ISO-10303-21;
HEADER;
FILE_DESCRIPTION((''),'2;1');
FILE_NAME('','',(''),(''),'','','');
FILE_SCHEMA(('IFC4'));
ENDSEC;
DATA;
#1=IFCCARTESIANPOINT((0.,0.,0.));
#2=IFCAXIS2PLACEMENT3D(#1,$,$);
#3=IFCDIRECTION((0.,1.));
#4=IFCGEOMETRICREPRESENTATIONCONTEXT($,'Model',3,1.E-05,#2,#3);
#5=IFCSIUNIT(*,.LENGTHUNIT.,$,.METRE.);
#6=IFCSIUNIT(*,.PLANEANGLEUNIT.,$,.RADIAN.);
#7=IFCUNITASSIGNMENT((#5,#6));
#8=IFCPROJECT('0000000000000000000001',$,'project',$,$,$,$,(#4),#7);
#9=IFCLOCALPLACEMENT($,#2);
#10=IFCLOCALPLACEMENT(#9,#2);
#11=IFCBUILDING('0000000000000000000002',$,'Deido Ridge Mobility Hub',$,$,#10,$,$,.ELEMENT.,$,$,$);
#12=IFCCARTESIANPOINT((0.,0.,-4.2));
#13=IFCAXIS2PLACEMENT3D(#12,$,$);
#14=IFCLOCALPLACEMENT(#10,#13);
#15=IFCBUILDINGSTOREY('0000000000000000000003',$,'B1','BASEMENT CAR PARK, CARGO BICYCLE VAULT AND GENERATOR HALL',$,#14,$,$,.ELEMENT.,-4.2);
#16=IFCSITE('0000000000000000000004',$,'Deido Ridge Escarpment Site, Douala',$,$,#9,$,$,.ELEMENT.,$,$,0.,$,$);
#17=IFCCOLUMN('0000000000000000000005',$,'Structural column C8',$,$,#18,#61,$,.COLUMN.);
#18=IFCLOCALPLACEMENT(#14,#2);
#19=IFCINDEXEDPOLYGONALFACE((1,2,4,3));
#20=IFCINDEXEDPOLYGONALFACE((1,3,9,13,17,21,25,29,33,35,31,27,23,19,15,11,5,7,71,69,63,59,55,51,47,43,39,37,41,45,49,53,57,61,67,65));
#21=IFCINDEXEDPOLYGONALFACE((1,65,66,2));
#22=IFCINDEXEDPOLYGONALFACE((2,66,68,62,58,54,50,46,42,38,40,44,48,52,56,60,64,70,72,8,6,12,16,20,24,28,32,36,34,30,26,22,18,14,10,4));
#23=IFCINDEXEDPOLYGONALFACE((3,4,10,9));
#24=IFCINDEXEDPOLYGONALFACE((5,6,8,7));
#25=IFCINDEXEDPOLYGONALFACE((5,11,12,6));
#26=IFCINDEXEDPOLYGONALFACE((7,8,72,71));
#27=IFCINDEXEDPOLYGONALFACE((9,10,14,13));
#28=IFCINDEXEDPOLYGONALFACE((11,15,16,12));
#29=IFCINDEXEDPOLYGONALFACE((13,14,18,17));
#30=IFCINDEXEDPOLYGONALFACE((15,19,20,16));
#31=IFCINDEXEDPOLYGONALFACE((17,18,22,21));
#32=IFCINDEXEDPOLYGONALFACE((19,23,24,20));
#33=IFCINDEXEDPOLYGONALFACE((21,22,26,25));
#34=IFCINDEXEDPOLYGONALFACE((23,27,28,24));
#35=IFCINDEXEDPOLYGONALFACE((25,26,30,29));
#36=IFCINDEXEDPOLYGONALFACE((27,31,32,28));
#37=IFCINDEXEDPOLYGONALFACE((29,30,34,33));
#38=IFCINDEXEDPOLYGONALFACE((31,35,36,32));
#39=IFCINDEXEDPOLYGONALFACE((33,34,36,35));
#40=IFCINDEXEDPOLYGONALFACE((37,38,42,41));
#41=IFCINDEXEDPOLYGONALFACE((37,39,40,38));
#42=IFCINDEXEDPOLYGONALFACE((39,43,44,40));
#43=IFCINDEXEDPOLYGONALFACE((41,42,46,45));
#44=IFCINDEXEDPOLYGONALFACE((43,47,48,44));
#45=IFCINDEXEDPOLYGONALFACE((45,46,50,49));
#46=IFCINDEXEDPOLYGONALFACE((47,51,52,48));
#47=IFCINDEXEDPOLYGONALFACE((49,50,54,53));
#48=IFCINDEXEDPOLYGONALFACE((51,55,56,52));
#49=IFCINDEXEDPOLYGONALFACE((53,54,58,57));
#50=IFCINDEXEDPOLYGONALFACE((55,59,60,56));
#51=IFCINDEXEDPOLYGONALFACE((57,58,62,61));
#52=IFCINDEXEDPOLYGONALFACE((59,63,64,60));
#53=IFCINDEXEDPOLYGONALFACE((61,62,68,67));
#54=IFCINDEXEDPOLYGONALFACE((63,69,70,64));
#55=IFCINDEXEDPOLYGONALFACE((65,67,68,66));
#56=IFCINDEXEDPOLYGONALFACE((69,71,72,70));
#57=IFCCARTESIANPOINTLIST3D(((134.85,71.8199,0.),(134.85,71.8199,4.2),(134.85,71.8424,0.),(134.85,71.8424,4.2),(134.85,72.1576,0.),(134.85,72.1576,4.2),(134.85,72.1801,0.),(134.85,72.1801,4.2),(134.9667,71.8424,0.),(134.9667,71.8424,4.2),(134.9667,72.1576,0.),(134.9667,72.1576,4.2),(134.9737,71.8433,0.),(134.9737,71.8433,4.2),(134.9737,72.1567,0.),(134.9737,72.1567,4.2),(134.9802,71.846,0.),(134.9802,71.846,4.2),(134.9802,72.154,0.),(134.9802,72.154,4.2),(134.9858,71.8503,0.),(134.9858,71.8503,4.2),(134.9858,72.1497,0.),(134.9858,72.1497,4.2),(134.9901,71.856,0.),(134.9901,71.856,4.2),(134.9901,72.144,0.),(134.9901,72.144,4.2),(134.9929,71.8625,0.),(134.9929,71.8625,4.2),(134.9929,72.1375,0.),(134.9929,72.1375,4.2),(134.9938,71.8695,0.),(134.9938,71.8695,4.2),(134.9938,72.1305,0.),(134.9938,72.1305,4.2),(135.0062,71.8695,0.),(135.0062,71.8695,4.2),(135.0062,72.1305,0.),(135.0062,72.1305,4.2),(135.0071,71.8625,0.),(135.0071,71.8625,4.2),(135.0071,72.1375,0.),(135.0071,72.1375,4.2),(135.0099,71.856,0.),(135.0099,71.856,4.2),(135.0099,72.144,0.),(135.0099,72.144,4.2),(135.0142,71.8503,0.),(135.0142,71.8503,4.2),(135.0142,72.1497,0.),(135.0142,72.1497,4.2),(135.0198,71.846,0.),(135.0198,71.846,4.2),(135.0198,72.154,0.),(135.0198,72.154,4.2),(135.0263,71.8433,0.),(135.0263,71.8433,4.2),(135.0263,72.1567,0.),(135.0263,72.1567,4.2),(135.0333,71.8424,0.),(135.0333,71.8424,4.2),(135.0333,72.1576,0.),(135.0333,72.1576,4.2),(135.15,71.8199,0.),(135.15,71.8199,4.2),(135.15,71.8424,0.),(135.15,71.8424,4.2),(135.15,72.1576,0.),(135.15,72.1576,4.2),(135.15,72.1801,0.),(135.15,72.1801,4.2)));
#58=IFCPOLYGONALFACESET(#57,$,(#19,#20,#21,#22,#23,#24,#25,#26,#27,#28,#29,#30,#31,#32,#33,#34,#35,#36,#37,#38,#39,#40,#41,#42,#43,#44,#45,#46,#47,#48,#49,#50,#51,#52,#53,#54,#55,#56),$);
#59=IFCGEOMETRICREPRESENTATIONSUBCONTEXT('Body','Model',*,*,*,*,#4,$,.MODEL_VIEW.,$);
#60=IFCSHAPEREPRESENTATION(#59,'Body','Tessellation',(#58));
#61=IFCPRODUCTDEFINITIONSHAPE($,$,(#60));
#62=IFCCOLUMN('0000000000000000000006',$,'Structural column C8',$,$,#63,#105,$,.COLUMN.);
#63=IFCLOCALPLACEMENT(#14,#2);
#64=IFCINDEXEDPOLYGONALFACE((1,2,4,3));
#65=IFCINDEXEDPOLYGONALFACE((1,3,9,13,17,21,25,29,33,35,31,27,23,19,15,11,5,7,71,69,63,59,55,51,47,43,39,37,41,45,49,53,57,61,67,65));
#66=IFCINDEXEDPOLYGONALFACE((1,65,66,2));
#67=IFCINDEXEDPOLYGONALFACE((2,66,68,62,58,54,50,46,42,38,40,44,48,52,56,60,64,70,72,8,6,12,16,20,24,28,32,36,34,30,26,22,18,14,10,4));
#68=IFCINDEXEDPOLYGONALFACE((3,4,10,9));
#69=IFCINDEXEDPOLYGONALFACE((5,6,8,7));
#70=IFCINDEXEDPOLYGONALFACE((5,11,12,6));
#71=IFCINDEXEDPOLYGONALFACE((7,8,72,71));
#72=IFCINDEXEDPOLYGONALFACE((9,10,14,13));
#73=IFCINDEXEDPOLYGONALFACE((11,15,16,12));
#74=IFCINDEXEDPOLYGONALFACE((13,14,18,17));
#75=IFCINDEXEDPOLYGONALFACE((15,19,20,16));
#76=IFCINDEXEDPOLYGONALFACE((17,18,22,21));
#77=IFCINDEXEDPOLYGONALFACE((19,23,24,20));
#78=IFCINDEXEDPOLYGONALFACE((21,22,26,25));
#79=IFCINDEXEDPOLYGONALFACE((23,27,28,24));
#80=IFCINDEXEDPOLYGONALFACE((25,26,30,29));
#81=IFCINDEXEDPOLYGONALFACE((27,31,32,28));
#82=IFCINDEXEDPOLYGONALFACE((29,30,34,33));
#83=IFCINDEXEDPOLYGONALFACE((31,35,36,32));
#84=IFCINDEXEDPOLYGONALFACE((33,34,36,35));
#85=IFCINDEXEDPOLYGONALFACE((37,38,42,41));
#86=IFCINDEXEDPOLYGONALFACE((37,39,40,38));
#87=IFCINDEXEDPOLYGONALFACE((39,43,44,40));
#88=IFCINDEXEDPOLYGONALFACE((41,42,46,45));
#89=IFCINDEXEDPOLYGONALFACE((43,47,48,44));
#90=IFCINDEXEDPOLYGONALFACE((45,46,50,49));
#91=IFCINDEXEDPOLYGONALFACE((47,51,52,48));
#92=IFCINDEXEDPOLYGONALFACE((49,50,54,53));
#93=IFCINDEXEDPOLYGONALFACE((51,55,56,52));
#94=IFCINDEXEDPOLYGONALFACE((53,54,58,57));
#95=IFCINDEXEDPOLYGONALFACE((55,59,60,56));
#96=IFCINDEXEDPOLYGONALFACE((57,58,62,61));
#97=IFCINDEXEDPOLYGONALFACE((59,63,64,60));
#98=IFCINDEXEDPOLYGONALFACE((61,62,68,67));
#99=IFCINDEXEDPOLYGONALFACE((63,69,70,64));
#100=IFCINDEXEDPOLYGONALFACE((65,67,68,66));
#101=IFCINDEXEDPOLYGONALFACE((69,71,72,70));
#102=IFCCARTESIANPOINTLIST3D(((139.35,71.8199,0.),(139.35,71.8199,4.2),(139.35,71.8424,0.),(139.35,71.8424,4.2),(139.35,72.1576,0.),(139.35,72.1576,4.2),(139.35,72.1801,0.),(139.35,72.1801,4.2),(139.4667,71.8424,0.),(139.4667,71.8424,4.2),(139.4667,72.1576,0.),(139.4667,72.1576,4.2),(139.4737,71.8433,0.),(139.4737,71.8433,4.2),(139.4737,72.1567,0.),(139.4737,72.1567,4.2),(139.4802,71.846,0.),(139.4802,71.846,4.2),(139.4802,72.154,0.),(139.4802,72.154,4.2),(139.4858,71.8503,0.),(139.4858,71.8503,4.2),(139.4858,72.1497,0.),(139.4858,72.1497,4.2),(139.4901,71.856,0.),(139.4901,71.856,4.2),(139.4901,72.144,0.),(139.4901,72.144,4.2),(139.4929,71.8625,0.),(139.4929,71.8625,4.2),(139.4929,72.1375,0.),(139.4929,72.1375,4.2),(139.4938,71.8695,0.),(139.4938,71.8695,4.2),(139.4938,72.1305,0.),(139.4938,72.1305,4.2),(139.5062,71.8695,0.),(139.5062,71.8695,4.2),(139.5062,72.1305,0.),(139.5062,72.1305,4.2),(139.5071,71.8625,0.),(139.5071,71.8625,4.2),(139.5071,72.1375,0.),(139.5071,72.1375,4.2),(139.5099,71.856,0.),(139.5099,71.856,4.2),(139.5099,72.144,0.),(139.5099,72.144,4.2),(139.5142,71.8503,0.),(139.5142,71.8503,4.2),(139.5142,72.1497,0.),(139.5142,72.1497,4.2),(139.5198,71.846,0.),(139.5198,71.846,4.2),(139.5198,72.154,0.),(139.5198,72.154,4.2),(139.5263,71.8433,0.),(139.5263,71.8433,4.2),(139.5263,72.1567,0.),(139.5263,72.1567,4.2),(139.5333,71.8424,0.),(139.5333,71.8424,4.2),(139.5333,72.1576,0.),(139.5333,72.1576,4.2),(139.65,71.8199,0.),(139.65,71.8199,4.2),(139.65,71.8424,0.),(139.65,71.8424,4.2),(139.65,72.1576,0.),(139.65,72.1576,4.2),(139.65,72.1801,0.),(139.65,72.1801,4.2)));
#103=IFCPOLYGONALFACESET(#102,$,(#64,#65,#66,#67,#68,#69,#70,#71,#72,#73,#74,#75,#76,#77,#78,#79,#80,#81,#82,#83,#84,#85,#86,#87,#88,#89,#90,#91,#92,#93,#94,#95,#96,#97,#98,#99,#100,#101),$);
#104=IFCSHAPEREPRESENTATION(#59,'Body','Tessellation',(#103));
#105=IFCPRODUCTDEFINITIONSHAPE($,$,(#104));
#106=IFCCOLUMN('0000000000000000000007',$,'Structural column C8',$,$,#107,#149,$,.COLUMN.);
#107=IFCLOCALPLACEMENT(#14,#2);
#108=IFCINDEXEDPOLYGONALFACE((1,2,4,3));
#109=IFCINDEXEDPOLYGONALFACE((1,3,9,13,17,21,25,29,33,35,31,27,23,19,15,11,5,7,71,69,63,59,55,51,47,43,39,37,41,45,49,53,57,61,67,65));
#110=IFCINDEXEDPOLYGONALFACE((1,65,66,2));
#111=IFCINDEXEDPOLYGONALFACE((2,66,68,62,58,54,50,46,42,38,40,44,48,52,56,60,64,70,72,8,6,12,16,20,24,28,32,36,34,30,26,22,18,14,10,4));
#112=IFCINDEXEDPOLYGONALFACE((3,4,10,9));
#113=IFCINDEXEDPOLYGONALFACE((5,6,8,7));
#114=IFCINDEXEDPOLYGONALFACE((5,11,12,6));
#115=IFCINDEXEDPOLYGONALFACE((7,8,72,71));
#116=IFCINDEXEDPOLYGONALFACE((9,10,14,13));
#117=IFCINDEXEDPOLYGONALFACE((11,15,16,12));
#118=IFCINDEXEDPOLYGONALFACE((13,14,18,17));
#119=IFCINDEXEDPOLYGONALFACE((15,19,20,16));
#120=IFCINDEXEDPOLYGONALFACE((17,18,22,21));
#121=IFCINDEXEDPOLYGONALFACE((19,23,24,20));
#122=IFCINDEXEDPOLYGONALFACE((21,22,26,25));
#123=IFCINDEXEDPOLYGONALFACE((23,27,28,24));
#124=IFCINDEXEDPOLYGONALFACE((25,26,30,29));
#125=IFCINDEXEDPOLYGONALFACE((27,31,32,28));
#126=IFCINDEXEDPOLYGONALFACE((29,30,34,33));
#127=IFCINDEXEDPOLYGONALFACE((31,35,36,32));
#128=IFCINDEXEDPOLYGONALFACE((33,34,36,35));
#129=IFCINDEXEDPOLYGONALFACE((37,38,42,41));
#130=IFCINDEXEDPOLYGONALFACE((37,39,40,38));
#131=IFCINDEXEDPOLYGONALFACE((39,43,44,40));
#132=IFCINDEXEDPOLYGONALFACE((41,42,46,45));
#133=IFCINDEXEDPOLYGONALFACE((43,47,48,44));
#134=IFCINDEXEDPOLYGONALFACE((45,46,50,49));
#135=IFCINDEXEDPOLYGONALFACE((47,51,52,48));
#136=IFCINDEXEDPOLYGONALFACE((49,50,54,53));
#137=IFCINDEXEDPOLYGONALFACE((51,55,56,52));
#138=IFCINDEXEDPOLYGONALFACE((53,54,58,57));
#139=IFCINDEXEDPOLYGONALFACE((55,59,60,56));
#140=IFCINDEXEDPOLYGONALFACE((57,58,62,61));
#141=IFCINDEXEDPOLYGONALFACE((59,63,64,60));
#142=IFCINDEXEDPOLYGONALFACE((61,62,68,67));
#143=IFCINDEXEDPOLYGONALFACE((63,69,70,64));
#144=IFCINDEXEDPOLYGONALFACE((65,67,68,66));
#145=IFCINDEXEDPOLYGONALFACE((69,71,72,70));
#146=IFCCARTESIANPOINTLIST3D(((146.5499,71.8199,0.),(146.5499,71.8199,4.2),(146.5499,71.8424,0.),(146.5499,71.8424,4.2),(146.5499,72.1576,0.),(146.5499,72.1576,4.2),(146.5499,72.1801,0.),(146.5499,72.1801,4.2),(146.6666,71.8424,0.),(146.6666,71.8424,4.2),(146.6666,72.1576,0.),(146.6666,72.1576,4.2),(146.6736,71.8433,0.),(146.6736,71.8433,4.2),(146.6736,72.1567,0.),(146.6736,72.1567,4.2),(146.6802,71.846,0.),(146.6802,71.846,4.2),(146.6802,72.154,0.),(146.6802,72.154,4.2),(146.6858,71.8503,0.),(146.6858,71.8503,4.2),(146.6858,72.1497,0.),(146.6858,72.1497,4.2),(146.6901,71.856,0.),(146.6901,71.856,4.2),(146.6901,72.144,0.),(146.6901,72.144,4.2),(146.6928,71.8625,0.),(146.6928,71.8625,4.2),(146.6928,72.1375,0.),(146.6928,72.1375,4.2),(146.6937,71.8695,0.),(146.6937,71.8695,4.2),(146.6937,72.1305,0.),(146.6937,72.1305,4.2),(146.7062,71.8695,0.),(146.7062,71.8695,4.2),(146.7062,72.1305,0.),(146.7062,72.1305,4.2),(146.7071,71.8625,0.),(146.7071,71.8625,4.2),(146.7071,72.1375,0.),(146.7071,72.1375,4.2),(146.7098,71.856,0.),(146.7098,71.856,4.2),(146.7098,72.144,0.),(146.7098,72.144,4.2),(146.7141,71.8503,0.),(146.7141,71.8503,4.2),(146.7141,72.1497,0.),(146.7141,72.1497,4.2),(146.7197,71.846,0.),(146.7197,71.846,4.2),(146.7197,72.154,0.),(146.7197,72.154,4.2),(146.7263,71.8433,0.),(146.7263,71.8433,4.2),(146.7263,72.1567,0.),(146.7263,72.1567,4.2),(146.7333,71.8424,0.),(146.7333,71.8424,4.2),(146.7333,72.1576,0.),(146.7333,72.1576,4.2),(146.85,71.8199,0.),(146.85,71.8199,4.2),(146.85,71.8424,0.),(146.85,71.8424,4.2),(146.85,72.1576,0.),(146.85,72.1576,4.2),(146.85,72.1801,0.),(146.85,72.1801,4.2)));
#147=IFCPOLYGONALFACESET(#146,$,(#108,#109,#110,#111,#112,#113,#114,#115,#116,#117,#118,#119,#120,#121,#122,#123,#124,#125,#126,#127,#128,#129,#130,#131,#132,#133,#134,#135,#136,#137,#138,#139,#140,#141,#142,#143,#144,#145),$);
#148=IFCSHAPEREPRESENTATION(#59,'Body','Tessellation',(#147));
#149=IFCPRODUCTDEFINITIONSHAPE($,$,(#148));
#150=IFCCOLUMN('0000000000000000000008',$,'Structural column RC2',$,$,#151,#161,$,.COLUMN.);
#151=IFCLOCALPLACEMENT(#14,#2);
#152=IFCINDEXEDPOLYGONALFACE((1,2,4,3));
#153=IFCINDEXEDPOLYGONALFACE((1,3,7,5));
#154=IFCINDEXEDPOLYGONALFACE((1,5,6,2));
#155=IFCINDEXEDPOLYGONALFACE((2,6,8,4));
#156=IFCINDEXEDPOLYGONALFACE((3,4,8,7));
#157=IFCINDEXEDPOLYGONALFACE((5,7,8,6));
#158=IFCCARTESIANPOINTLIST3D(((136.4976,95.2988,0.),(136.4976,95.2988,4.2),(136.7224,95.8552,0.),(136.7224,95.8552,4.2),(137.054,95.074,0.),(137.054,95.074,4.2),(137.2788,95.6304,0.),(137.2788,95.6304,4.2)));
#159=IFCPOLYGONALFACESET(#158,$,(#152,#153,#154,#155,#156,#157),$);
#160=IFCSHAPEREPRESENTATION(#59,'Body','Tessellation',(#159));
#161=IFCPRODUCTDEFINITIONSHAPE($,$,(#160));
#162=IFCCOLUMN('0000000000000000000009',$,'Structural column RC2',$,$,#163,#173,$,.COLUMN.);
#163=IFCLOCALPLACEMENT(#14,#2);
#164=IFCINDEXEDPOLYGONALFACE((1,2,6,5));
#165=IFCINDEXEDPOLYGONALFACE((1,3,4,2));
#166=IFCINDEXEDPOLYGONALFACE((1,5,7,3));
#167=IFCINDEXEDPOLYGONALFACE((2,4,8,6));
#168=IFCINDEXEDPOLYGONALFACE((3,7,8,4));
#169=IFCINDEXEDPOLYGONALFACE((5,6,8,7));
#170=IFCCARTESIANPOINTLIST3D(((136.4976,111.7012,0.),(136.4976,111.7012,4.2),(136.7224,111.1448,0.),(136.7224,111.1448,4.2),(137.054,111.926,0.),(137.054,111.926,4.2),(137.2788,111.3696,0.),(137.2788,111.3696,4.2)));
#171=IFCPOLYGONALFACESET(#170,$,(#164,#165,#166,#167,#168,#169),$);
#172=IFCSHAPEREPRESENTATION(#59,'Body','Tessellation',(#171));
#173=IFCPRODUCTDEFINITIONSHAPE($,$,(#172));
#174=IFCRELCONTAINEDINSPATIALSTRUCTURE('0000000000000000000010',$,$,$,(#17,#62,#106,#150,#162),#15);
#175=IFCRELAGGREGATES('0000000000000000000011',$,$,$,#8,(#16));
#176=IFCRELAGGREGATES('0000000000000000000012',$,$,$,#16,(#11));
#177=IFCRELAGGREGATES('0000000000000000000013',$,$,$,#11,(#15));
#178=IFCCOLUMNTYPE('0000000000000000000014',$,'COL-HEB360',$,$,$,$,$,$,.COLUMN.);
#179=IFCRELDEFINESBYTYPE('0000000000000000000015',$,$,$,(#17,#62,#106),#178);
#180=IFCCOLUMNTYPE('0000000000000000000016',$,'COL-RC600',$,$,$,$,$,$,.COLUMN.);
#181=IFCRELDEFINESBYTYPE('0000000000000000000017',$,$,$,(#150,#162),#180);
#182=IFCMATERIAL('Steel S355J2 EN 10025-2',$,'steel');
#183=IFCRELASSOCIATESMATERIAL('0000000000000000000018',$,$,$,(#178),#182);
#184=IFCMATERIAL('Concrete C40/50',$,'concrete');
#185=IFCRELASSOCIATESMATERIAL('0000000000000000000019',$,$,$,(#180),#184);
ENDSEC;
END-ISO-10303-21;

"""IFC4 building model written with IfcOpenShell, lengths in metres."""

from ifc_helpers import new_model, si_unit, direction, frame, origin, origin_2d, place, context, subcontext, project, spatial, rectangle, i_section, extrude, material, material_profile, profile_set, type_object, element, save


model = new_model("IFC4")

# Units and contexts
model_context = context("Model", 3, precision=1e-05, world=origin(), true_north=direction((0.0, 1.0)))
body_context = subcontext(model_context, "Body", "Model", "MODEL_VIEW")
ifc_project = project(units=[si_unit("LENGTHUNIT", "METRE"), si_unit("PLANEANGLEUNIT", "RADIAN")], contexts=[model_context])

# Site, building, storey
site_placement = place(None, origin())
site = spatial("IfcSite", under=ifc_project, at=site_placement, Name="Deido Ridge Escarpment Site, Douala", CompositionType="ELEMENT", RefElevation=0.0)
building_placement = place(site_placement, origin())
building = spatial("IfcBuilding", under=site, at=building_placement, Name="Deido Ridge Mobility Hub", CompositionType="ELEMENT")
storey_placement = place(building_placement, frame((0.0, 0.0, -4.2)))
storey = spatial("IfcBuildingStorey", under=building, at=storey_placement, Name="B1", Description="BASEMENT CAR PARK, CARGO BICYCLE VAULT AND GENERATOR HALL", CompositionType="ELEMENT", Elevation=-4.2)

# Shared definitions
ifc_material_1 = material(Name="Concrete C40/50", Category="concrete")

# Columns
ifc_material_2 = material(Name="Steel S355J2 EN 10025-2", Category="steel")
ifc_material_profile_1 = material_profile(ifc_material_2, i_section(OverallWidth=0.3, OverallDepth=0.3601, WebThickness=0.0125, FlangeThickness=0.0225, FilletRadius=0.0271, at=origin_2d()), Name="HEB 360")
ifc_profile_set_1 = profile_set([ifc_material_profile_1], Name="Steel S355J2 EN 10025-2")
column_type_1 = type_object("IfcColumnType", Name="COL-HEB360", PredefinedType="COLUMN", material=ifc_profile_set_1)
for number, where, z_axis, x_axis, name in (
    (1, (135.0, 72.0, 0.0), (0.0, 0.0, 1.0), (1.0, 0.0, 0.0), "Structural column C8"),
    (2, (139.5, 72.0, 0.0), (0.0, 0.0, 1.0), (1.0, 0.0, 0.0), "Structural column C8"),
    (3, (146.7, 72.0, 0.0), (0.0, 0.0, 1.0), (1.0, 0.0, 0.0), "Structural column C8"),
):
    element("IfcColumn", number, at=place(storey_placement, frame(where, z_axis=z_axis, x_axis=x_axis)), inside=storey, type_object=column_type_1, Name=name, PredefinedType="COLUMN", context=body_context, shape_type="SweptSolid", body=[
        extrude(i_section(OverallWidth=0.3, OverallDepth=0.3601, WebThickness=0.0125, FlangeThickness=0.0225, FilletRadius=0.0271, at=origin_2d()), origin(), (0.0, 0.0, 1.0), 4.2),
    ])
ifc_material_profile_2 = material_profile(ifc_material_1, rectangle(XDim=0.6001, YDim=0.6001, at=origin_2d()), Name="RC COL 600x600")
ifc_profile_set_2 = profile_set([ifc_material_profile_2], Name="Concrete C40/50")
column_type_2 = type_object("IfcColumnType", Name="COL-RC600", PredefinedType="COLUMN", material=ifc_profile_set_2)
for number, where, z_axis, x_axis, name in (
    (4, (136.8882, 95.4646, 0.0), (0.0, 0.0, 1.0), (0.927184, -0.374607, 0.0), "Structural column RC2"),
    (5, (136.8882, 111.5354, 0.0), (0.0, 0.0, 1.0), (0.927184, 0.374607, 0.0), "Structural column RC2"),
):
    element("IfcColumn", number, at=place(storey_placement, frame(where, z_axis=z_axis, x_axis=x_axis)), inside=storey, type_object=column_type_2, Name=name, PredefinedType="COLUMN", context=body_context, shape_type="SweptSolid", body=[
        extrude(rectangle(XDim=0.6001, YDim=0.6001, at=origin_2d()), origin(), (0.0, 0.0, 1.0), 4.2),
    ])

save(model, "model.ifc")
